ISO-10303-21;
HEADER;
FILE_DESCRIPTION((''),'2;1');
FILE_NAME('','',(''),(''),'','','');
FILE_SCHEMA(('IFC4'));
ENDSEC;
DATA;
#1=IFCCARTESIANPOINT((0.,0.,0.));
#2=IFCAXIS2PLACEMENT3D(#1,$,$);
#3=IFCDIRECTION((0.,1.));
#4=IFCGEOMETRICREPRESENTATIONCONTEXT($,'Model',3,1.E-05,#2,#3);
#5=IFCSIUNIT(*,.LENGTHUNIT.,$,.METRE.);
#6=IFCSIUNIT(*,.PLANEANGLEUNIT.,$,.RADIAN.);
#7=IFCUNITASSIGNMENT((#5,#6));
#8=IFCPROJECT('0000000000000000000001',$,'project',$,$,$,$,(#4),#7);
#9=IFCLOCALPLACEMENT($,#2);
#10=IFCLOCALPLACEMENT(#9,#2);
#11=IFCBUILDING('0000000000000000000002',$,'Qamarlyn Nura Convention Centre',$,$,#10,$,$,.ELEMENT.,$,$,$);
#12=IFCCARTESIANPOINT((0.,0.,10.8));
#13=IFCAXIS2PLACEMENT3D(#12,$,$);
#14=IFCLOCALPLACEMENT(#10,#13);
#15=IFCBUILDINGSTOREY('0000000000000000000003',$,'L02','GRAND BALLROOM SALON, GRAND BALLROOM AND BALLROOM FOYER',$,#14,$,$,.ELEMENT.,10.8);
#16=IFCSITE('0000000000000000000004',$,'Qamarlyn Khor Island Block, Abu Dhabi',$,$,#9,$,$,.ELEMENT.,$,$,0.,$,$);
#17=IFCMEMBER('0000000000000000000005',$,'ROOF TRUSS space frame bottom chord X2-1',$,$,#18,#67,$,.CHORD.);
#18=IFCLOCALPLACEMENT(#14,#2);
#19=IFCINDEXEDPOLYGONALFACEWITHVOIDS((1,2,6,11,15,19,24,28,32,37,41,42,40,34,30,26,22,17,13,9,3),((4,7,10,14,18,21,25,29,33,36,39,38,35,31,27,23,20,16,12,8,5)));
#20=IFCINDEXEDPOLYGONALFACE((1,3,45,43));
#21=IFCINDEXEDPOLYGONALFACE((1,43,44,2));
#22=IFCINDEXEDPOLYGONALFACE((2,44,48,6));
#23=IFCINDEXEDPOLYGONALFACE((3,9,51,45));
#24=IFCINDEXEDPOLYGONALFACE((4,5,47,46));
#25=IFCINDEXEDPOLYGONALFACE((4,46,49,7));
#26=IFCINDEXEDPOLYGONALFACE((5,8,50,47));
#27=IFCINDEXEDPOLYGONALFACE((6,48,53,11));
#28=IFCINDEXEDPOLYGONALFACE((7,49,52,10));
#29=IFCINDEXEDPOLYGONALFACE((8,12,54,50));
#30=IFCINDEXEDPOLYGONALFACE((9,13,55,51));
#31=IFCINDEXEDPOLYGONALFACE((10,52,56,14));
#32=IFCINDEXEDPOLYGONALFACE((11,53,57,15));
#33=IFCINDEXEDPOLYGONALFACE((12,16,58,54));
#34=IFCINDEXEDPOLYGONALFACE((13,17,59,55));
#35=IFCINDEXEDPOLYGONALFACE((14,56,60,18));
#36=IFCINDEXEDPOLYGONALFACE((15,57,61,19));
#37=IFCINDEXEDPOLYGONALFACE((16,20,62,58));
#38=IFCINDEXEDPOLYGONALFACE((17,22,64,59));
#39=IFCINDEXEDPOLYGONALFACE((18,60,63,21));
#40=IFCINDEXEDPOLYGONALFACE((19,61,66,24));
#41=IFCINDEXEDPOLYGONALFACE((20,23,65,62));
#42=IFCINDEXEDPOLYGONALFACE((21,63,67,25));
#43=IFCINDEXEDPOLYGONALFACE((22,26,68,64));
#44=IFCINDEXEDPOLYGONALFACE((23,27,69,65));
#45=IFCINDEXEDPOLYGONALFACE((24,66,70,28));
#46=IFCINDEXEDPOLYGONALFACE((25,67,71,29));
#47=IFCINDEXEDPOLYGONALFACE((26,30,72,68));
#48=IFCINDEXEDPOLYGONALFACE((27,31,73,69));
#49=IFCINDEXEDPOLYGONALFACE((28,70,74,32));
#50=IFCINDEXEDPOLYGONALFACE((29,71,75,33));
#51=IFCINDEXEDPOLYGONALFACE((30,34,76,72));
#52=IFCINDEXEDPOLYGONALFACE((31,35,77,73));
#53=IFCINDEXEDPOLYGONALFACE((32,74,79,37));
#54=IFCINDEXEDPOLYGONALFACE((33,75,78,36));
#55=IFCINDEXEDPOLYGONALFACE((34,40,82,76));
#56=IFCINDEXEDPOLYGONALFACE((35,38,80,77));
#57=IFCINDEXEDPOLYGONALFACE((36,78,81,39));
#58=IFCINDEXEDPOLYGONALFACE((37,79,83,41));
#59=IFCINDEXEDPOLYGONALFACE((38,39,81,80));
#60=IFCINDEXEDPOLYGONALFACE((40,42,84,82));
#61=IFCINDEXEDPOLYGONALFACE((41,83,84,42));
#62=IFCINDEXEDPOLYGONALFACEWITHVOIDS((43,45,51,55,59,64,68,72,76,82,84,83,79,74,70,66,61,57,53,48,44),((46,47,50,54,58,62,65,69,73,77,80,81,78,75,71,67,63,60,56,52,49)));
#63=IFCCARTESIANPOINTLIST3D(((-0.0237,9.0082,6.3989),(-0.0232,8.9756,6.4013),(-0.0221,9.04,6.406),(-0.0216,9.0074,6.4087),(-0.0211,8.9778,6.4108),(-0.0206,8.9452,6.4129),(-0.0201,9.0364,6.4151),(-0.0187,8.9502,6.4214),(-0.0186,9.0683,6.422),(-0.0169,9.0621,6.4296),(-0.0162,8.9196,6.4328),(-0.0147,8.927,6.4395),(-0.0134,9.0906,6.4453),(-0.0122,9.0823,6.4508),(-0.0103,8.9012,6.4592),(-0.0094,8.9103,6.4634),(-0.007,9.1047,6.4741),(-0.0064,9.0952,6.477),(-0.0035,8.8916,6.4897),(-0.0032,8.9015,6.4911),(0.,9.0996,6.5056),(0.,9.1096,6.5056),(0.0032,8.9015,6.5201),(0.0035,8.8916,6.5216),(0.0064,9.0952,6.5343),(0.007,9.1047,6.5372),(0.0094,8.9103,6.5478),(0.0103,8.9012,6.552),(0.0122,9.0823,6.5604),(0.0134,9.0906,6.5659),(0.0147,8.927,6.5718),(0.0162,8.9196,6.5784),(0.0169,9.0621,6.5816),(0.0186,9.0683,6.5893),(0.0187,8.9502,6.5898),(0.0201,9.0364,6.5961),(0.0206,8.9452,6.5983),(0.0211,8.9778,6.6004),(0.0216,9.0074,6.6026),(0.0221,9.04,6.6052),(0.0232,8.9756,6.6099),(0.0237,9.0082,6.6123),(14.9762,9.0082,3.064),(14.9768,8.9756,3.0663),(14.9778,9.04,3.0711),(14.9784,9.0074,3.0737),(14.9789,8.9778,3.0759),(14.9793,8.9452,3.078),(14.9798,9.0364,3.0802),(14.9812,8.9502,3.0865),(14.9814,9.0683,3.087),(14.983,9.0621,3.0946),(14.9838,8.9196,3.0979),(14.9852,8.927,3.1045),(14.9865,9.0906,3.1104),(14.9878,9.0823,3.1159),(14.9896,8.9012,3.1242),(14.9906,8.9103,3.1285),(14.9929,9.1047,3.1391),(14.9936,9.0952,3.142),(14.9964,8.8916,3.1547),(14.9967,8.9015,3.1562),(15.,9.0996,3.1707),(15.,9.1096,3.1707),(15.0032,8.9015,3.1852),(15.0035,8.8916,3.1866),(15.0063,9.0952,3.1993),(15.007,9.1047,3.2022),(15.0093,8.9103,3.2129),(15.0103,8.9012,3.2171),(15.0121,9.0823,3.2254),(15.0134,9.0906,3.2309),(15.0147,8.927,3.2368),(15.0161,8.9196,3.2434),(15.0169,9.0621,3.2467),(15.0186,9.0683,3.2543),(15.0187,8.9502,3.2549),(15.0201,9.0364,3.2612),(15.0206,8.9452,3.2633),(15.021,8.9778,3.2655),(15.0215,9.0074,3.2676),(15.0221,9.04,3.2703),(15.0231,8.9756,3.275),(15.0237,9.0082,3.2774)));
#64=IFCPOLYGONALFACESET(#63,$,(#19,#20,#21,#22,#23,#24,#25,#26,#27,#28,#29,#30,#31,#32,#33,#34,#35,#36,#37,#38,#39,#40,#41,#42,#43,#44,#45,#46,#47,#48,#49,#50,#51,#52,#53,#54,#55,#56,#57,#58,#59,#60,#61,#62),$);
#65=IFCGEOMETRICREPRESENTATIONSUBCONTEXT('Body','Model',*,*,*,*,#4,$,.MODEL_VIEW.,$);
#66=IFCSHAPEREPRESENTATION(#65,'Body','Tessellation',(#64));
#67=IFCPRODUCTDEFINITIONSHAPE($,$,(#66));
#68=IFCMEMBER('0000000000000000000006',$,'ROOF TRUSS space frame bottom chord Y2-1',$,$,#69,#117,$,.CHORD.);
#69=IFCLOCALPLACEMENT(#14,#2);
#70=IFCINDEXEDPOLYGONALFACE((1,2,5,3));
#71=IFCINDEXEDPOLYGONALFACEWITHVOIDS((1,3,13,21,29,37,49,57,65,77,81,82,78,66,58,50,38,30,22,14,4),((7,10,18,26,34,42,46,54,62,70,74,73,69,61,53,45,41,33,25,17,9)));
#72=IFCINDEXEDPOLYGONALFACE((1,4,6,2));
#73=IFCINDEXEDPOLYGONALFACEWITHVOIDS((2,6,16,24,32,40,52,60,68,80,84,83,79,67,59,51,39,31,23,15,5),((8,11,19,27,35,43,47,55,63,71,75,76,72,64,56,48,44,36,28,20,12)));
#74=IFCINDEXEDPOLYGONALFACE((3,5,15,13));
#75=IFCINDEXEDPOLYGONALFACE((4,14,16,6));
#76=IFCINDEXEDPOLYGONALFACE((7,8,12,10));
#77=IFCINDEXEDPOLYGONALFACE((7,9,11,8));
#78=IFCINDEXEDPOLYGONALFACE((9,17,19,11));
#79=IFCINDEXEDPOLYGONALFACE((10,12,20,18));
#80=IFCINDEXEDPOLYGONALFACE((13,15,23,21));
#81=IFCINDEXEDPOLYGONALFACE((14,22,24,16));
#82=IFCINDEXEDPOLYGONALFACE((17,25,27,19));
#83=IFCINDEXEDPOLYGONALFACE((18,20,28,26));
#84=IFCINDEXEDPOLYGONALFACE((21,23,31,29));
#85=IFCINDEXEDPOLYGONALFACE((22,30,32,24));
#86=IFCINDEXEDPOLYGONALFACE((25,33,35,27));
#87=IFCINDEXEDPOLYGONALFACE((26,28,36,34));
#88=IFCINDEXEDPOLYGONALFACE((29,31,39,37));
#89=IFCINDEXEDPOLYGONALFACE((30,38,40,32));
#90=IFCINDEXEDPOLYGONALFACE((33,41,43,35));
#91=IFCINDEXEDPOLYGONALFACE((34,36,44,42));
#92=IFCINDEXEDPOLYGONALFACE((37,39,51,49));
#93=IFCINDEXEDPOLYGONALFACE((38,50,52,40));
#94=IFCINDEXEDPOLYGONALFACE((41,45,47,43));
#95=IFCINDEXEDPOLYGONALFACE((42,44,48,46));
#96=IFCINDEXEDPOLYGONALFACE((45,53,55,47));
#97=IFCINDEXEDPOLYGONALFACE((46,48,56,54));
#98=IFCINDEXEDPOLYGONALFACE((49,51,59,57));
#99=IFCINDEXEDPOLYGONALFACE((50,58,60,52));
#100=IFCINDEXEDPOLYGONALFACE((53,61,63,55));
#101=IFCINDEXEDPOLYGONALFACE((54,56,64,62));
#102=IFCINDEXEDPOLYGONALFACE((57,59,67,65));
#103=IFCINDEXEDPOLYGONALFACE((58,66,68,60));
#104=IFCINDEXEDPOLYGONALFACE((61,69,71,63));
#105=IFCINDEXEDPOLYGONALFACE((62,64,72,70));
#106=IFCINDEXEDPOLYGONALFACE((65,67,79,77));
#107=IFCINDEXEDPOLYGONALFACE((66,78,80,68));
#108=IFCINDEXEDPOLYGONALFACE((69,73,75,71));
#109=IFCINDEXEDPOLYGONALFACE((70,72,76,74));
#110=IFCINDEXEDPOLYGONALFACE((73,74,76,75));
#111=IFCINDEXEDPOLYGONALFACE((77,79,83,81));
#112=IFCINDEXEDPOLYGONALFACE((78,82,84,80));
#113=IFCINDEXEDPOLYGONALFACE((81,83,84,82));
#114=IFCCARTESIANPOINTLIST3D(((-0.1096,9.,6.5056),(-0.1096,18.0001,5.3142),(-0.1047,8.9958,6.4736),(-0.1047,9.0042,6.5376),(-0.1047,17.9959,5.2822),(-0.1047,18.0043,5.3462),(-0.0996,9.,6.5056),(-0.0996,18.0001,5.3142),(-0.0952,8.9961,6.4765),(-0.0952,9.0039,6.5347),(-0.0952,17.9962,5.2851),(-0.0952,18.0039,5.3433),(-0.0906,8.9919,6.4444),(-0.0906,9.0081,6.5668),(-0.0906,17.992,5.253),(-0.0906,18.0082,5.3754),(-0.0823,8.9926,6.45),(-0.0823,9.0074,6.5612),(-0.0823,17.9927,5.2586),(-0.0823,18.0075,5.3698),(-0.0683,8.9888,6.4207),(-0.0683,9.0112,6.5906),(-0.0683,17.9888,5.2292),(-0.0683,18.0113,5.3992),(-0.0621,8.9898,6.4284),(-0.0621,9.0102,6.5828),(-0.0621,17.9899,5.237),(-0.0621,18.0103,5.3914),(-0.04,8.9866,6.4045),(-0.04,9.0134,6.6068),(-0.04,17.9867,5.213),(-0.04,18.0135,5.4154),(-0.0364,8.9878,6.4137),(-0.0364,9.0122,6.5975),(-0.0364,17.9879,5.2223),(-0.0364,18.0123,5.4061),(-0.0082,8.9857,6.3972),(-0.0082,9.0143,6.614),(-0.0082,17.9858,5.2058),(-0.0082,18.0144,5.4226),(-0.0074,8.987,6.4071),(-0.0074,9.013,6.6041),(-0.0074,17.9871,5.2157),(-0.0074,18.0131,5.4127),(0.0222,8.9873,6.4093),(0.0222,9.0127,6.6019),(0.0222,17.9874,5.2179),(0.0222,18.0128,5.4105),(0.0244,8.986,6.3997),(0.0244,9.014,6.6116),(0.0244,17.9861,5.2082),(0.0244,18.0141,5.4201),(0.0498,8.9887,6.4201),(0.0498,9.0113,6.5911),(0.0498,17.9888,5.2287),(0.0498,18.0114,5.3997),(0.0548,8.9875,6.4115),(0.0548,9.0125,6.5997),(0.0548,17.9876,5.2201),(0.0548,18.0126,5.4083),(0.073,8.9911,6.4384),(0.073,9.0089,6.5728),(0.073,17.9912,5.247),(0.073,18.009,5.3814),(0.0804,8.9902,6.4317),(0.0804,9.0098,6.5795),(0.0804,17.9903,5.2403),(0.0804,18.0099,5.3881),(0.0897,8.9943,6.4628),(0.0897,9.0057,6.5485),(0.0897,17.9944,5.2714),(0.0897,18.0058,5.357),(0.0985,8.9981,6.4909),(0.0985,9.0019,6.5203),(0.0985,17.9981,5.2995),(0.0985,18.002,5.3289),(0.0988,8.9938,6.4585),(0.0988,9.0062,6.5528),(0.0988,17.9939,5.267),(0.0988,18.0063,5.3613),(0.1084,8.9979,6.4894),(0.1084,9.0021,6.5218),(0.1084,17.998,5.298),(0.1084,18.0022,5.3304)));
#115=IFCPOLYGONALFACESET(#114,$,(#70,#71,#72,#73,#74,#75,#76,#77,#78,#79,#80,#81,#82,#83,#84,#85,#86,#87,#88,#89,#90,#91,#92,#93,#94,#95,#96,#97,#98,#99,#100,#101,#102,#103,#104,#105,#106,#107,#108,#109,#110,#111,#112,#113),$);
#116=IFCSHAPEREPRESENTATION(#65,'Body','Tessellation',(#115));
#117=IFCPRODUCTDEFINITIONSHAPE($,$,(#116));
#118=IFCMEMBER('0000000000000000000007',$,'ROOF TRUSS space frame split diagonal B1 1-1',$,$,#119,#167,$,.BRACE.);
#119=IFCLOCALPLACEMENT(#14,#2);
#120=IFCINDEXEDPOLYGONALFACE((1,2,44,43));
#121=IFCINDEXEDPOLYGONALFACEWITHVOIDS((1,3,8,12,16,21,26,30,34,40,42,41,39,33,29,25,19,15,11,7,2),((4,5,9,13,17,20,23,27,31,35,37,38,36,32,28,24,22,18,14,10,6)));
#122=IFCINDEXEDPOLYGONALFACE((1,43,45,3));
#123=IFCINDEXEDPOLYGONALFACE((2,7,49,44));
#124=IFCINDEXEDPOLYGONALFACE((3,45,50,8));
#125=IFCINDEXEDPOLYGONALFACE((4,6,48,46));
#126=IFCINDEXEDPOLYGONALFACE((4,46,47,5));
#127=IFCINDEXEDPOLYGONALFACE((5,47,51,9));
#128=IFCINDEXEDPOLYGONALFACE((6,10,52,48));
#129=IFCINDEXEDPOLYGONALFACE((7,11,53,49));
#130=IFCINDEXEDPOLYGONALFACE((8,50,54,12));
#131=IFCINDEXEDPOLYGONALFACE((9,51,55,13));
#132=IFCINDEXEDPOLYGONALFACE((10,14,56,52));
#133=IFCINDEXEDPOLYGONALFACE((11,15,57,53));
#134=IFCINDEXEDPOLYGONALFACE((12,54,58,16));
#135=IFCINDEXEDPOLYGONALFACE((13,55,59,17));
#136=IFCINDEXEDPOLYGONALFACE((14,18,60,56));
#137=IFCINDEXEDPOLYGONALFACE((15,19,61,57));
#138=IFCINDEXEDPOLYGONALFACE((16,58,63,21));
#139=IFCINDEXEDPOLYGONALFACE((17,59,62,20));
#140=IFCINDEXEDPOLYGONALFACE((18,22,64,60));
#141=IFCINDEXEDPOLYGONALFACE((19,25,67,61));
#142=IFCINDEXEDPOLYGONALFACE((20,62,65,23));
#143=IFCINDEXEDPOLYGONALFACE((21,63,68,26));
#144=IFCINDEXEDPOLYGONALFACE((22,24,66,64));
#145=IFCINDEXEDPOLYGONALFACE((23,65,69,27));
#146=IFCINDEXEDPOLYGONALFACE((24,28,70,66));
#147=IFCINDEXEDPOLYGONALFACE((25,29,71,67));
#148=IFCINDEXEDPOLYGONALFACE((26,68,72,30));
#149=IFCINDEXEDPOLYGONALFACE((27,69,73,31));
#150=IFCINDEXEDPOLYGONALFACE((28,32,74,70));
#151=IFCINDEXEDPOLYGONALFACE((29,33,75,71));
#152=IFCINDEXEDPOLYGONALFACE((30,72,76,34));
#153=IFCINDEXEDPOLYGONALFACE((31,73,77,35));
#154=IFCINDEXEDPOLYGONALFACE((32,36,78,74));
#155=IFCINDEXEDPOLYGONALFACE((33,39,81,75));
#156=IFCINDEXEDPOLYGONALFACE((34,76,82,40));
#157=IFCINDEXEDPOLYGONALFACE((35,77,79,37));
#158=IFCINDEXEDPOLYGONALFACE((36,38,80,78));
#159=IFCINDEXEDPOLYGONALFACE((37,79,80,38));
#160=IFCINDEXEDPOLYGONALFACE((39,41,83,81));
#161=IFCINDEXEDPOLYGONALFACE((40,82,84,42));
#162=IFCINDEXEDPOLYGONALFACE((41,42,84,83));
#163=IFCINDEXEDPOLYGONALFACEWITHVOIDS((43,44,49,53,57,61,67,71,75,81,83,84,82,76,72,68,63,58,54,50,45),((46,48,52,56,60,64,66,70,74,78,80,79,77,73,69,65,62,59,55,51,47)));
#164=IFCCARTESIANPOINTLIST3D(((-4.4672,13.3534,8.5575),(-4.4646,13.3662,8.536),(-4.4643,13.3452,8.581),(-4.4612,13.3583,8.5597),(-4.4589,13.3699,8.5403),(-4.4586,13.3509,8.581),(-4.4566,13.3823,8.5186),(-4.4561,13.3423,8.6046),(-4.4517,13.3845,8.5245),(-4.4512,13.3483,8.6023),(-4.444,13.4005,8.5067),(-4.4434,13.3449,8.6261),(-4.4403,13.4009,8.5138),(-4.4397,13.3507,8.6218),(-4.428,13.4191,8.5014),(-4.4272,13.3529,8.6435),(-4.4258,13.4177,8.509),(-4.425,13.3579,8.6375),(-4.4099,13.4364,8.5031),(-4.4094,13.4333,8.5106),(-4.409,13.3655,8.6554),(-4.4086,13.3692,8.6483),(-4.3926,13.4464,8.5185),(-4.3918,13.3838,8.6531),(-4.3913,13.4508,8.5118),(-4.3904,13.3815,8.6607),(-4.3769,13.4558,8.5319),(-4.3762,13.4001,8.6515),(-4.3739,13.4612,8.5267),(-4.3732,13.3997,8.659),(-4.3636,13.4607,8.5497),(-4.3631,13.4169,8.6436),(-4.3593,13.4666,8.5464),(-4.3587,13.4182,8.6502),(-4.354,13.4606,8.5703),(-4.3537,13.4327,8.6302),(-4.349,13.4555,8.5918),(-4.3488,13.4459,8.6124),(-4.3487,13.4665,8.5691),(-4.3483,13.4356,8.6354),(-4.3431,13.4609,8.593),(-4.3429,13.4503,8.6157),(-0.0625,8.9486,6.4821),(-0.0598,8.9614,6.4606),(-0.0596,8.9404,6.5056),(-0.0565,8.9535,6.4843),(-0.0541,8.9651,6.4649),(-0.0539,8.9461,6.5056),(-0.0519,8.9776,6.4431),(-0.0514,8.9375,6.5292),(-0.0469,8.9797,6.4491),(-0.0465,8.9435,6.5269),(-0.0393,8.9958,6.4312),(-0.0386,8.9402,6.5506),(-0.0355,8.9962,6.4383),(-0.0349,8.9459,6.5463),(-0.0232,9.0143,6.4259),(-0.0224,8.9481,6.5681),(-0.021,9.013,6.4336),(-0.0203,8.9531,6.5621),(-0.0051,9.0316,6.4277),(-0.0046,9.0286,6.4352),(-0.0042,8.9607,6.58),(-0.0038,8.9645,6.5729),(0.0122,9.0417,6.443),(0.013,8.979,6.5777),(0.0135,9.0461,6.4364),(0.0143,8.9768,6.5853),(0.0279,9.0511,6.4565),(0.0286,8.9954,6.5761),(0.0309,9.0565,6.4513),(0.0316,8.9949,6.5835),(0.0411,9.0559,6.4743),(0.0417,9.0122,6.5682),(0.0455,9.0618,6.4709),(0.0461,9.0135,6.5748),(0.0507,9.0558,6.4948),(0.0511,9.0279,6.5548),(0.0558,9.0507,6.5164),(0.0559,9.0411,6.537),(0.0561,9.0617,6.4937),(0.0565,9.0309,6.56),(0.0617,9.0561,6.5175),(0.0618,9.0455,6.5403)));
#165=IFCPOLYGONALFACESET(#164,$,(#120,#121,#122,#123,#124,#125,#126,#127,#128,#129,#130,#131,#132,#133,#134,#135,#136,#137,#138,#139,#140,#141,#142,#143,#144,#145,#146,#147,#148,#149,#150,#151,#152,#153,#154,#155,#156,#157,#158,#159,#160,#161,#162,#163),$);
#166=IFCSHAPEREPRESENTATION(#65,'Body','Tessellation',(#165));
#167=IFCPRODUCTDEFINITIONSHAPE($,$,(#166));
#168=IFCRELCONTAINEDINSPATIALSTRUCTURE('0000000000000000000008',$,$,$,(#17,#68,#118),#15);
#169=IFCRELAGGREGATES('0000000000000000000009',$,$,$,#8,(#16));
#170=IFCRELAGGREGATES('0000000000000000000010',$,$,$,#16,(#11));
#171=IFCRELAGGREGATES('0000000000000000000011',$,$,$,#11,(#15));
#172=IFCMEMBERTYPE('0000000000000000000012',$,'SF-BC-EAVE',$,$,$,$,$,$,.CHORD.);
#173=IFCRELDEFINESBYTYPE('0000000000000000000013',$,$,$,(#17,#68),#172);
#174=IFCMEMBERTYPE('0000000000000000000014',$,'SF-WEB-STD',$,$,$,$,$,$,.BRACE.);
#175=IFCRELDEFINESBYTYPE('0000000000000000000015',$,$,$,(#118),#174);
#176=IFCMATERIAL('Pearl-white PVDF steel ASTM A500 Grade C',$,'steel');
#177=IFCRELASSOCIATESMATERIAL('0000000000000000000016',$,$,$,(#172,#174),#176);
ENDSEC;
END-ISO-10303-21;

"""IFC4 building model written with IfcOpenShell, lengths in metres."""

from ifc_helpers import new_model, si_unit, direction, frame, origin, origin_2d, place, context, subcontext, project, spatial, hollow_circle, extrude, material, material_profile, profile_set, type_object, element, save


model = new_model("IFC4")

# Units and contexts
model_context = context("Model", 3, precision=1e-05, world=origin(), true_north=direction((0.0, 1.0)))
body_context = subcontext(model_context, "Body", "Model", "MODEL_VIEW")
ifc_project = project(units=[si_unit("LENGTHUNIT", "METRE"), si_unit("PLANEANGLEUNIT", "RADIAN")], contexts=[model_context])

# Site, building, storey
site_placement = place(None, origin())
site = spatial("IfcSite", under=ifc_project, at=site_placement, Name="Qamarlyn Khor Island Block, Abu Dhabi", CompositionType="ELEMENT", RefElevation=0.0)
building_placement = place(site_placement, origin())
building = spatial("IfcBuilding", under=site, at=building_placement, Name="Qamarlyn Nura Convention Centre", CompositionType="ELEMENT")
storey_placement = place(building_placement, frame((0.0, 0.0, 10.8)))
storey = spatial("IfcBuildingStorey", under=building, at=storey_placement, Name="L02", Description="GRAND BALLROOM SALON, GRAND BALLROOM AND BALLROOM FOYER", CompositionType="ELEMENT", Elevation=10.8)

# Members
ifc_material_1 = material(Name="Pearl-white PVDF steel ASTM A500 Grade C", Category="steel")
ifc_material_profile_1 = material_profile(ifc_material_1, hollow_circle(Radius=0.1096, WallThickness=0.01, at=origin_2d()), Name="CHS219.1X10")
ifc_profile_set_1 = profile_set([ifc_material_profile_1], Name="Pearl-white PVDF steel ASTM A500 Grade C")
member_type_1 = type_object("IfcMemberType", Name="SF-BC-EAVE", PredefinedType="CHORD", material=ifc_profile_set_1)
member_1_placement = place(storey_placement, frame((0.0, 9.0, 6.5056), z_axis=(0.976165, 0.0, -0.217031), x_axis=(0.0, 1.0, 0.0)))
element("IfcMember", 1, at=member_1_placement, inside=storey, type_object=member_type_1, Name="ROOF TRUSS space frame bottom chord X2-1", PredefinedType="CHORD", context=body_context, shape_type="SweptSolid", body=[
    extrude(hollow_circle(Radius=0.1096, WallThickness=0.01, at=origin_2d()), origin(), (0.0, 0.0, 1.0), 15.3662),
])
member_2_placement = place(storey_placement, frame((0.0, 9.0, 6.5056), z_axis=(0.0, 0.991351, -0.131234), x_axis=(-1.0, 0.0, 0.0)))
element("IfcMember", 2, at=member_2_placement, inside=storey, type_object=member_type_1, Name="ROOF TRUSS space frame bottom chord Y2-1", PredefinedType="CHORD", context=body_context, shape_type="SweptSolid", body=[
    extrude(hollow_circle(Radius=0.1096, WallThickness=0.01, at=origin_2d()), origin(), (0.0, 0.0, 1.0), 9.0786),
])
ifc_material_profile_2 = material_profile(ifc_material_1, hollow_circle(Radius=0.0842, WallThickness=0.0081, at=origin_2d()), Name="CHS168.3X8")
ifc_profile_set_2 = profile_set([ifc_material_profile_2], Name="Pearl-white PVDF steel ASTM A500 Grade C")
member_type_2 = type_object("IfcMemberType", Name="SF-WEB-STD", PredefinedType="BRACE", material=ifc_profile_set_2)
member_3_placement = place(storey_placement, frame((0.0, 9.0, 6.5056), z_axis=(-0.670853, 0.670853, 0.316091), x_axis=(-0.707107, -0.707107, 0.0)))
element("IfcMember", 3, at=member_3_placement, inside=storey, type_object=member_type_2, Name="ROOF TRUSS space frame split diagonal B1 1-1", PredefinedType="BRACE", context=body_context, shape_type="SweptSolid", body=[
    extrude(hollow_circle(Radius=0.0842, WallThickness=0.0081, at=origin_2d()), origin(), (0.0, 0.0, 1.0), 6.5659),
])

save(model, "model.ifc")
